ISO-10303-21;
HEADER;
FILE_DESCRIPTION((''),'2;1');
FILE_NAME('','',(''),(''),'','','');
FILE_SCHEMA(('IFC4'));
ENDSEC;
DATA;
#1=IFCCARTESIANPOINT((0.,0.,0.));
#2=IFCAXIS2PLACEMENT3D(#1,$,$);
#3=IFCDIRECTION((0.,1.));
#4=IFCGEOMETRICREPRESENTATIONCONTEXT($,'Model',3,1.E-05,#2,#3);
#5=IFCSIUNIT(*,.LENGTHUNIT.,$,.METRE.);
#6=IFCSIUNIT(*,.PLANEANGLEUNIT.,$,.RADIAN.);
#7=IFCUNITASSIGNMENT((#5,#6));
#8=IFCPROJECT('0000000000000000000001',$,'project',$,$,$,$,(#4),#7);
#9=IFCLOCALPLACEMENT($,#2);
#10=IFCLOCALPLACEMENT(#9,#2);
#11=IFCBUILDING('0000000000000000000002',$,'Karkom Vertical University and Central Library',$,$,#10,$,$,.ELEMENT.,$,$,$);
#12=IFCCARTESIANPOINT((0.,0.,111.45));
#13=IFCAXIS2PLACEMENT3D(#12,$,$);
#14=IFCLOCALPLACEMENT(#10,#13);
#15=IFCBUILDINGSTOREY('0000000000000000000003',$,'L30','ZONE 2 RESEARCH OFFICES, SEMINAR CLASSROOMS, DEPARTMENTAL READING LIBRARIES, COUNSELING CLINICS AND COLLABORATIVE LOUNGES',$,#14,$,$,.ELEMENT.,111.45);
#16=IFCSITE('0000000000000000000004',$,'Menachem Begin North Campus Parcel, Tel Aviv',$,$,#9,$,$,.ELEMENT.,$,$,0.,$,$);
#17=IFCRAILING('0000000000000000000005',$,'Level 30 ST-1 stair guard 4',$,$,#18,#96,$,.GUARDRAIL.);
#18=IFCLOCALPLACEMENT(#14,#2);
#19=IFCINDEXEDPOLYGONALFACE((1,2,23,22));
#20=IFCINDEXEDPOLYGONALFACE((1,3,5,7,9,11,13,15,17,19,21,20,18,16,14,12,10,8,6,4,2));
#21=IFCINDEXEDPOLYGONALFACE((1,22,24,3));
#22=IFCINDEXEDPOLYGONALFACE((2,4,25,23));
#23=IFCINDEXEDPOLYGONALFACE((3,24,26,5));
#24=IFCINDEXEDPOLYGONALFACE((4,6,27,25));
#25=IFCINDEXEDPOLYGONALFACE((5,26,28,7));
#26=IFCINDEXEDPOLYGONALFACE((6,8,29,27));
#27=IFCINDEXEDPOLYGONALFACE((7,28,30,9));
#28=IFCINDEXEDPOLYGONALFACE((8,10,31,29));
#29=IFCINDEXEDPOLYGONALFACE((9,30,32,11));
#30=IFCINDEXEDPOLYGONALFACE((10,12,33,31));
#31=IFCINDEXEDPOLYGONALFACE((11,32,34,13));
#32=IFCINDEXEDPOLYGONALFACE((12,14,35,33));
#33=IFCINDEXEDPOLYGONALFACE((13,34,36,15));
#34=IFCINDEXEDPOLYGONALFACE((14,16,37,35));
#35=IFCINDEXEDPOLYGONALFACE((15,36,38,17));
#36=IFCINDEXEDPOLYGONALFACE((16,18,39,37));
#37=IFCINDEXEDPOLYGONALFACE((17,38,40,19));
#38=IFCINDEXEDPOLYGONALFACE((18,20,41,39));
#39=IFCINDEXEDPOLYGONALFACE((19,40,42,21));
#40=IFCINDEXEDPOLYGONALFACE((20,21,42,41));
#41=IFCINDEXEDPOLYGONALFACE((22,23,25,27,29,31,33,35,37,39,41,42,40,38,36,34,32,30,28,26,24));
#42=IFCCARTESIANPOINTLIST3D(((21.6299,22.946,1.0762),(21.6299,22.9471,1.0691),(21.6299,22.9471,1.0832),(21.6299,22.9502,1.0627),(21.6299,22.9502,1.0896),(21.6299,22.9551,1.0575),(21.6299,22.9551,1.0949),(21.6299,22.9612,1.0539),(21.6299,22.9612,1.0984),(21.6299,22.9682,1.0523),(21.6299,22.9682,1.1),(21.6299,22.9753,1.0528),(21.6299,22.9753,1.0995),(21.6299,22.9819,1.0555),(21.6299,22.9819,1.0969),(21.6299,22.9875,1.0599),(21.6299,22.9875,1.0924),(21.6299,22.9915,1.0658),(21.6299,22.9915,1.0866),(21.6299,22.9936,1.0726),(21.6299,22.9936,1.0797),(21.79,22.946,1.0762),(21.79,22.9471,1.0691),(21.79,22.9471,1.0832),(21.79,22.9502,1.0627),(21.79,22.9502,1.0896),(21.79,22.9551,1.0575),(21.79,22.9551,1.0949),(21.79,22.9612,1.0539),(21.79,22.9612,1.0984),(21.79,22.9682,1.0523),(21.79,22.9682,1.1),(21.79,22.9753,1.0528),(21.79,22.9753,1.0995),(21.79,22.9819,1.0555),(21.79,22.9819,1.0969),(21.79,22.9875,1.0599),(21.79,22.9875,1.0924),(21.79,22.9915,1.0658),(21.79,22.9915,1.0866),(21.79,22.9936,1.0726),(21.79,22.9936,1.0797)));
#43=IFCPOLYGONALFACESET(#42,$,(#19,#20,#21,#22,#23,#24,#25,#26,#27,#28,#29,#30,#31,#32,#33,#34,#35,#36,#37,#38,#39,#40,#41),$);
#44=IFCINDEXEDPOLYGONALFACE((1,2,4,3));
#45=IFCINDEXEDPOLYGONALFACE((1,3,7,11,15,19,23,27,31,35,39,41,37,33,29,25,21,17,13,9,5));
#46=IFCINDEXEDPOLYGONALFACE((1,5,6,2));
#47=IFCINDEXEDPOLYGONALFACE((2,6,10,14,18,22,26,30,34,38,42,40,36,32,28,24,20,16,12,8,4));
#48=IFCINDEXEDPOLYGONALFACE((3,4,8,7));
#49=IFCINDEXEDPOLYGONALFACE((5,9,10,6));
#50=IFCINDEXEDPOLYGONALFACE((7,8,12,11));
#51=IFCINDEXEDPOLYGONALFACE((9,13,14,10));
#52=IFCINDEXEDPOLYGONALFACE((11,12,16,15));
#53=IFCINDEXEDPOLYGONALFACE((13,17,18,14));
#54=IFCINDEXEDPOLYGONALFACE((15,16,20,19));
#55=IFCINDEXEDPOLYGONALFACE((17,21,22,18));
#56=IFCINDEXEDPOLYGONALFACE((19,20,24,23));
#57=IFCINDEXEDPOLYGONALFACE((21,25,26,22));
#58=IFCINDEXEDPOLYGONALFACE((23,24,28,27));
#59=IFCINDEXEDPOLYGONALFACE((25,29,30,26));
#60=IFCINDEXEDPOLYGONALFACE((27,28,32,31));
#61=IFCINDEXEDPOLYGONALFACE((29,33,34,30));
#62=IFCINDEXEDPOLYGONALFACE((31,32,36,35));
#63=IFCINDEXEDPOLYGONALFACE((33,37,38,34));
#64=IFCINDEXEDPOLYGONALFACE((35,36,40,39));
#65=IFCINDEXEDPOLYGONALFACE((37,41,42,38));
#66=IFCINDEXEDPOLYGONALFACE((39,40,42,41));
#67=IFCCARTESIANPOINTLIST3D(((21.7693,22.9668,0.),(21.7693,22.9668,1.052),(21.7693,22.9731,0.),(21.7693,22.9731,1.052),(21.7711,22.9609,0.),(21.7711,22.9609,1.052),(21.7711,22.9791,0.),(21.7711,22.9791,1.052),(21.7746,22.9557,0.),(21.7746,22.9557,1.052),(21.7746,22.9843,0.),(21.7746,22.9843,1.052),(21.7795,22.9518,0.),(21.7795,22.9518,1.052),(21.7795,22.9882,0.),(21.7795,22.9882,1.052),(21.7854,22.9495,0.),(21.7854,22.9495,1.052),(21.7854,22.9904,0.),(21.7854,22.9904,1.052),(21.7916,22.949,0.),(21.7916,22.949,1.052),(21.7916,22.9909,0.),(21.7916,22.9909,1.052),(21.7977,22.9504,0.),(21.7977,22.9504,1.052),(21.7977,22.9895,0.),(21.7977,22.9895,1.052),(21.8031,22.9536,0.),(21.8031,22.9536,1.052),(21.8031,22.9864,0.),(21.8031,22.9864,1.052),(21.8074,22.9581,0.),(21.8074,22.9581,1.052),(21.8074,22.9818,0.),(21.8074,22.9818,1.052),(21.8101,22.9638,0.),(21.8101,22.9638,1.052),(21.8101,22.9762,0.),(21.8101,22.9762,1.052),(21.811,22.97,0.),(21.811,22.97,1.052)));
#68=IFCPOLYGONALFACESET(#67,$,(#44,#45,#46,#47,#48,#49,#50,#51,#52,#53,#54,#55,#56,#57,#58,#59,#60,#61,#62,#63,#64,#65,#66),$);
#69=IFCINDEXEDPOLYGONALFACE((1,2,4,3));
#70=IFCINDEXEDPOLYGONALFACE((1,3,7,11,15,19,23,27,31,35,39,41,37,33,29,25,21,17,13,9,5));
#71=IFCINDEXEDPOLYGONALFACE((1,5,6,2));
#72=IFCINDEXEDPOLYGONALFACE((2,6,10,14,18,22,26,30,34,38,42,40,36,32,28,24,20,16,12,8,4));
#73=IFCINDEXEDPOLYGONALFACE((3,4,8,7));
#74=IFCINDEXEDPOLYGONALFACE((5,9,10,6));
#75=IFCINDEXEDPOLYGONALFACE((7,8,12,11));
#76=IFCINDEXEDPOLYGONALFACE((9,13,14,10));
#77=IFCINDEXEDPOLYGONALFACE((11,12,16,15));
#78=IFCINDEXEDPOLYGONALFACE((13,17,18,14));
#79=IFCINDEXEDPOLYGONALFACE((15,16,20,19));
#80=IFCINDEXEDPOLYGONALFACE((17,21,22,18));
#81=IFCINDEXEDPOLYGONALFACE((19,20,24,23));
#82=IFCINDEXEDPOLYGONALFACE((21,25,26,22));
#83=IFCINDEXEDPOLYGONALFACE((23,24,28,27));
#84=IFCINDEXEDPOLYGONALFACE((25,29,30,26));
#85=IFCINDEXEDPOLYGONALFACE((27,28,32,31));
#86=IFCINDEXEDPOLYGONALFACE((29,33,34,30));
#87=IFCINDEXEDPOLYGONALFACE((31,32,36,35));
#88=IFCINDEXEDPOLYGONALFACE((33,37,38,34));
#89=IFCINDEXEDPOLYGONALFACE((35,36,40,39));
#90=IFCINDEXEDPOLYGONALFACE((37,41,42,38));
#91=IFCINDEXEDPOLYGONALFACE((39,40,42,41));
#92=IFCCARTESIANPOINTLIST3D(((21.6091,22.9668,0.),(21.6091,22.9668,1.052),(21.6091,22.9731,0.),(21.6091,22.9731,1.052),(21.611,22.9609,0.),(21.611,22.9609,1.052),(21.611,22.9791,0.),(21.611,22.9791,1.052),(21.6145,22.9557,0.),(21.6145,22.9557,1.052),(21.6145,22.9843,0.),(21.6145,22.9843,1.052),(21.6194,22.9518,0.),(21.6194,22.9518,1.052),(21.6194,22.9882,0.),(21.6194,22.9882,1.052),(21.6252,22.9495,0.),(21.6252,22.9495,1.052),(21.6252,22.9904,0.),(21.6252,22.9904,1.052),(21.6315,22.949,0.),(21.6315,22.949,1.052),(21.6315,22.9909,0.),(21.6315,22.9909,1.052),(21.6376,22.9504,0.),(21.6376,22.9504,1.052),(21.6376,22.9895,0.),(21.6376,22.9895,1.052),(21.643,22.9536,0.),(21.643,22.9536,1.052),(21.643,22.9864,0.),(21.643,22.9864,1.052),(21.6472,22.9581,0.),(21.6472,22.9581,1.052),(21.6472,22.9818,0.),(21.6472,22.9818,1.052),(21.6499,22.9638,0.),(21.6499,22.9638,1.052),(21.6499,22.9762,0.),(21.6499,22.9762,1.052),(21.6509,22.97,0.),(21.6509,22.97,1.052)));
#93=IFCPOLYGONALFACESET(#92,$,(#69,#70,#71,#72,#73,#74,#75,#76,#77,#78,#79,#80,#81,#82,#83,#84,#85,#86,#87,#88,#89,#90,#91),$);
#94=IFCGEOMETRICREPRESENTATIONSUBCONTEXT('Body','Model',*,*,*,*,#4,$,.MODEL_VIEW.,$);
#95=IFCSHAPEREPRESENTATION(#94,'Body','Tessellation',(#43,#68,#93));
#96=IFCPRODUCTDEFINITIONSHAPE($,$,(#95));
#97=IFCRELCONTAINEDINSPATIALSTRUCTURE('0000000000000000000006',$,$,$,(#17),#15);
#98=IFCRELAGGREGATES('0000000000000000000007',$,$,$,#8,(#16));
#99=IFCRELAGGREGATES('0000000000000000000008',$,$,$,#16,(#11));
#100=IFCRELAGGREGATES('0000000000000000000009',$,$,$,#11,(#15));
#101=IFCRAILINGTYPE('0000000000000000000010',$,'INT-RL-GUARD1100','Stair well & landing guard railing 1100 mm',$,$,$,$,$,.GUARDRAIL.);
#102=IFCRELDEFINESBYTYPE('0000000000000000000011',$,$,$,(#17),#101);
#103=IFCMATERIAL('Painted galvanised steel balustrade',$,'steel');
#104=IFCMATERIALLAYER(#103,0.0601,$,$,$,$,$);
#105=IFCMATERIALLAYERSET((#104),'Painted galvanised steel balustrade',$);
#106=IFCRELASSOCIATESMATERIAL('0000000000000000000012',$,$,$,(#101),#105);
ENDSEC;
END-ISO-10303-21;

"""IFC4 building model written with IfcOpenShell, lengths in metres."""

from ifc_helpers import new_model, si_unit, direction, frame, origin, origin_2d, place, context, subcontext, project, spatial, circle, extrude, material, layer, layer_set, type_object, element, save


model = new_model("IFC4")

# Units and contexts
model_context = context("Model", 3, precision=1e-05, world=origin(), true_north=direction((0.0, 1.0)))
body_context = subcontext(model_context, "Body", "Model", "MODEL_VIEW")
ifc_project = project(units=[si_unit("LENGTHUNIT", "METRE"), si_unit("PLANEANGLEUNIT", "RADIAN")], contexts=[model_context])

# Site, building, storey
site_placement = place(None, origin())
site = spatial("IfcSite", under=ifc_project, at=site_placement, Name="Menachem Begin North Campus Parcel, Tel Aviv", CompositionType="ELEMENT", RefElevation=0.0)
building_placement = place(site_placement, origin())
building = spatial("IfcBuilding", under=site, at=building_placement, Name="Karkom Vertical University and Central Library", CompositionType="ELEMENT")
storey_placement = place(building_placement, frame((0.0, 0.0, 111.45)))
storey = spatial("IfcBuildingStorey", under=building, at=storey_placement, Name="L30", Description="ZONE 2 RESEARCH OFFICES, SEMINAR CLASSROOMS, DEPARTMENTAL READING LIBRARIES, COUNSELING CLINICS AND COLLABORATIVE LOUNGES", CompositionType="ELEMENT", Elevation=111.45)

# Railing
ifc_material_1 = material(Name="Painted galvanised steel balustrade", Category="steel")
ifc_layer_1 = layer(ifc_material_1, 0.0601)
ifc_layer_set_1 = layer_set([ifc_layer_1], Name="Painted galvanised steel balustrade")
railing_type_1 = type_object("IfcRailingType", Name="INT-RL-GUARD1100", Description="Stair well & landing guard railing 1100 mm", PredefinedType="GUARDRAIL", material=ifc_layer_set_1)
railing_1_placement = place(storey_placement, frame((21.79, 22.97, 0.0)))
element("IfcRailing", 1, at=railing_1_placement, inside=storey, type_object=railing_type_1, Name="Level 30 ST-1 stair guard 4", PredefinedType="GUARDRAIL", context=body_context, shape_type="SweptSolid", body=[
    extrude(circle(Radius=0.0239, at=origin_2d()), frame((0.0, 0.0, 1.0762), z_axis=(-1.0, 0.0, 0.0), x_axis=(0.0, -1.0, 0.0)), (0.0, 0.0, 1.0), 0.1602),
    extrude(circle(Radius=0.021, at=origin_2d()), origin(), (0.0, 0.0, 1.0), 1.052),
    extrude(circle(Radius=0.021, at=origin_2d()), frame((-0.1602, 0.0, 0.0)), (0.0, 0.0, 1.0), 1.052),
])

save(model, "model.ifc")
